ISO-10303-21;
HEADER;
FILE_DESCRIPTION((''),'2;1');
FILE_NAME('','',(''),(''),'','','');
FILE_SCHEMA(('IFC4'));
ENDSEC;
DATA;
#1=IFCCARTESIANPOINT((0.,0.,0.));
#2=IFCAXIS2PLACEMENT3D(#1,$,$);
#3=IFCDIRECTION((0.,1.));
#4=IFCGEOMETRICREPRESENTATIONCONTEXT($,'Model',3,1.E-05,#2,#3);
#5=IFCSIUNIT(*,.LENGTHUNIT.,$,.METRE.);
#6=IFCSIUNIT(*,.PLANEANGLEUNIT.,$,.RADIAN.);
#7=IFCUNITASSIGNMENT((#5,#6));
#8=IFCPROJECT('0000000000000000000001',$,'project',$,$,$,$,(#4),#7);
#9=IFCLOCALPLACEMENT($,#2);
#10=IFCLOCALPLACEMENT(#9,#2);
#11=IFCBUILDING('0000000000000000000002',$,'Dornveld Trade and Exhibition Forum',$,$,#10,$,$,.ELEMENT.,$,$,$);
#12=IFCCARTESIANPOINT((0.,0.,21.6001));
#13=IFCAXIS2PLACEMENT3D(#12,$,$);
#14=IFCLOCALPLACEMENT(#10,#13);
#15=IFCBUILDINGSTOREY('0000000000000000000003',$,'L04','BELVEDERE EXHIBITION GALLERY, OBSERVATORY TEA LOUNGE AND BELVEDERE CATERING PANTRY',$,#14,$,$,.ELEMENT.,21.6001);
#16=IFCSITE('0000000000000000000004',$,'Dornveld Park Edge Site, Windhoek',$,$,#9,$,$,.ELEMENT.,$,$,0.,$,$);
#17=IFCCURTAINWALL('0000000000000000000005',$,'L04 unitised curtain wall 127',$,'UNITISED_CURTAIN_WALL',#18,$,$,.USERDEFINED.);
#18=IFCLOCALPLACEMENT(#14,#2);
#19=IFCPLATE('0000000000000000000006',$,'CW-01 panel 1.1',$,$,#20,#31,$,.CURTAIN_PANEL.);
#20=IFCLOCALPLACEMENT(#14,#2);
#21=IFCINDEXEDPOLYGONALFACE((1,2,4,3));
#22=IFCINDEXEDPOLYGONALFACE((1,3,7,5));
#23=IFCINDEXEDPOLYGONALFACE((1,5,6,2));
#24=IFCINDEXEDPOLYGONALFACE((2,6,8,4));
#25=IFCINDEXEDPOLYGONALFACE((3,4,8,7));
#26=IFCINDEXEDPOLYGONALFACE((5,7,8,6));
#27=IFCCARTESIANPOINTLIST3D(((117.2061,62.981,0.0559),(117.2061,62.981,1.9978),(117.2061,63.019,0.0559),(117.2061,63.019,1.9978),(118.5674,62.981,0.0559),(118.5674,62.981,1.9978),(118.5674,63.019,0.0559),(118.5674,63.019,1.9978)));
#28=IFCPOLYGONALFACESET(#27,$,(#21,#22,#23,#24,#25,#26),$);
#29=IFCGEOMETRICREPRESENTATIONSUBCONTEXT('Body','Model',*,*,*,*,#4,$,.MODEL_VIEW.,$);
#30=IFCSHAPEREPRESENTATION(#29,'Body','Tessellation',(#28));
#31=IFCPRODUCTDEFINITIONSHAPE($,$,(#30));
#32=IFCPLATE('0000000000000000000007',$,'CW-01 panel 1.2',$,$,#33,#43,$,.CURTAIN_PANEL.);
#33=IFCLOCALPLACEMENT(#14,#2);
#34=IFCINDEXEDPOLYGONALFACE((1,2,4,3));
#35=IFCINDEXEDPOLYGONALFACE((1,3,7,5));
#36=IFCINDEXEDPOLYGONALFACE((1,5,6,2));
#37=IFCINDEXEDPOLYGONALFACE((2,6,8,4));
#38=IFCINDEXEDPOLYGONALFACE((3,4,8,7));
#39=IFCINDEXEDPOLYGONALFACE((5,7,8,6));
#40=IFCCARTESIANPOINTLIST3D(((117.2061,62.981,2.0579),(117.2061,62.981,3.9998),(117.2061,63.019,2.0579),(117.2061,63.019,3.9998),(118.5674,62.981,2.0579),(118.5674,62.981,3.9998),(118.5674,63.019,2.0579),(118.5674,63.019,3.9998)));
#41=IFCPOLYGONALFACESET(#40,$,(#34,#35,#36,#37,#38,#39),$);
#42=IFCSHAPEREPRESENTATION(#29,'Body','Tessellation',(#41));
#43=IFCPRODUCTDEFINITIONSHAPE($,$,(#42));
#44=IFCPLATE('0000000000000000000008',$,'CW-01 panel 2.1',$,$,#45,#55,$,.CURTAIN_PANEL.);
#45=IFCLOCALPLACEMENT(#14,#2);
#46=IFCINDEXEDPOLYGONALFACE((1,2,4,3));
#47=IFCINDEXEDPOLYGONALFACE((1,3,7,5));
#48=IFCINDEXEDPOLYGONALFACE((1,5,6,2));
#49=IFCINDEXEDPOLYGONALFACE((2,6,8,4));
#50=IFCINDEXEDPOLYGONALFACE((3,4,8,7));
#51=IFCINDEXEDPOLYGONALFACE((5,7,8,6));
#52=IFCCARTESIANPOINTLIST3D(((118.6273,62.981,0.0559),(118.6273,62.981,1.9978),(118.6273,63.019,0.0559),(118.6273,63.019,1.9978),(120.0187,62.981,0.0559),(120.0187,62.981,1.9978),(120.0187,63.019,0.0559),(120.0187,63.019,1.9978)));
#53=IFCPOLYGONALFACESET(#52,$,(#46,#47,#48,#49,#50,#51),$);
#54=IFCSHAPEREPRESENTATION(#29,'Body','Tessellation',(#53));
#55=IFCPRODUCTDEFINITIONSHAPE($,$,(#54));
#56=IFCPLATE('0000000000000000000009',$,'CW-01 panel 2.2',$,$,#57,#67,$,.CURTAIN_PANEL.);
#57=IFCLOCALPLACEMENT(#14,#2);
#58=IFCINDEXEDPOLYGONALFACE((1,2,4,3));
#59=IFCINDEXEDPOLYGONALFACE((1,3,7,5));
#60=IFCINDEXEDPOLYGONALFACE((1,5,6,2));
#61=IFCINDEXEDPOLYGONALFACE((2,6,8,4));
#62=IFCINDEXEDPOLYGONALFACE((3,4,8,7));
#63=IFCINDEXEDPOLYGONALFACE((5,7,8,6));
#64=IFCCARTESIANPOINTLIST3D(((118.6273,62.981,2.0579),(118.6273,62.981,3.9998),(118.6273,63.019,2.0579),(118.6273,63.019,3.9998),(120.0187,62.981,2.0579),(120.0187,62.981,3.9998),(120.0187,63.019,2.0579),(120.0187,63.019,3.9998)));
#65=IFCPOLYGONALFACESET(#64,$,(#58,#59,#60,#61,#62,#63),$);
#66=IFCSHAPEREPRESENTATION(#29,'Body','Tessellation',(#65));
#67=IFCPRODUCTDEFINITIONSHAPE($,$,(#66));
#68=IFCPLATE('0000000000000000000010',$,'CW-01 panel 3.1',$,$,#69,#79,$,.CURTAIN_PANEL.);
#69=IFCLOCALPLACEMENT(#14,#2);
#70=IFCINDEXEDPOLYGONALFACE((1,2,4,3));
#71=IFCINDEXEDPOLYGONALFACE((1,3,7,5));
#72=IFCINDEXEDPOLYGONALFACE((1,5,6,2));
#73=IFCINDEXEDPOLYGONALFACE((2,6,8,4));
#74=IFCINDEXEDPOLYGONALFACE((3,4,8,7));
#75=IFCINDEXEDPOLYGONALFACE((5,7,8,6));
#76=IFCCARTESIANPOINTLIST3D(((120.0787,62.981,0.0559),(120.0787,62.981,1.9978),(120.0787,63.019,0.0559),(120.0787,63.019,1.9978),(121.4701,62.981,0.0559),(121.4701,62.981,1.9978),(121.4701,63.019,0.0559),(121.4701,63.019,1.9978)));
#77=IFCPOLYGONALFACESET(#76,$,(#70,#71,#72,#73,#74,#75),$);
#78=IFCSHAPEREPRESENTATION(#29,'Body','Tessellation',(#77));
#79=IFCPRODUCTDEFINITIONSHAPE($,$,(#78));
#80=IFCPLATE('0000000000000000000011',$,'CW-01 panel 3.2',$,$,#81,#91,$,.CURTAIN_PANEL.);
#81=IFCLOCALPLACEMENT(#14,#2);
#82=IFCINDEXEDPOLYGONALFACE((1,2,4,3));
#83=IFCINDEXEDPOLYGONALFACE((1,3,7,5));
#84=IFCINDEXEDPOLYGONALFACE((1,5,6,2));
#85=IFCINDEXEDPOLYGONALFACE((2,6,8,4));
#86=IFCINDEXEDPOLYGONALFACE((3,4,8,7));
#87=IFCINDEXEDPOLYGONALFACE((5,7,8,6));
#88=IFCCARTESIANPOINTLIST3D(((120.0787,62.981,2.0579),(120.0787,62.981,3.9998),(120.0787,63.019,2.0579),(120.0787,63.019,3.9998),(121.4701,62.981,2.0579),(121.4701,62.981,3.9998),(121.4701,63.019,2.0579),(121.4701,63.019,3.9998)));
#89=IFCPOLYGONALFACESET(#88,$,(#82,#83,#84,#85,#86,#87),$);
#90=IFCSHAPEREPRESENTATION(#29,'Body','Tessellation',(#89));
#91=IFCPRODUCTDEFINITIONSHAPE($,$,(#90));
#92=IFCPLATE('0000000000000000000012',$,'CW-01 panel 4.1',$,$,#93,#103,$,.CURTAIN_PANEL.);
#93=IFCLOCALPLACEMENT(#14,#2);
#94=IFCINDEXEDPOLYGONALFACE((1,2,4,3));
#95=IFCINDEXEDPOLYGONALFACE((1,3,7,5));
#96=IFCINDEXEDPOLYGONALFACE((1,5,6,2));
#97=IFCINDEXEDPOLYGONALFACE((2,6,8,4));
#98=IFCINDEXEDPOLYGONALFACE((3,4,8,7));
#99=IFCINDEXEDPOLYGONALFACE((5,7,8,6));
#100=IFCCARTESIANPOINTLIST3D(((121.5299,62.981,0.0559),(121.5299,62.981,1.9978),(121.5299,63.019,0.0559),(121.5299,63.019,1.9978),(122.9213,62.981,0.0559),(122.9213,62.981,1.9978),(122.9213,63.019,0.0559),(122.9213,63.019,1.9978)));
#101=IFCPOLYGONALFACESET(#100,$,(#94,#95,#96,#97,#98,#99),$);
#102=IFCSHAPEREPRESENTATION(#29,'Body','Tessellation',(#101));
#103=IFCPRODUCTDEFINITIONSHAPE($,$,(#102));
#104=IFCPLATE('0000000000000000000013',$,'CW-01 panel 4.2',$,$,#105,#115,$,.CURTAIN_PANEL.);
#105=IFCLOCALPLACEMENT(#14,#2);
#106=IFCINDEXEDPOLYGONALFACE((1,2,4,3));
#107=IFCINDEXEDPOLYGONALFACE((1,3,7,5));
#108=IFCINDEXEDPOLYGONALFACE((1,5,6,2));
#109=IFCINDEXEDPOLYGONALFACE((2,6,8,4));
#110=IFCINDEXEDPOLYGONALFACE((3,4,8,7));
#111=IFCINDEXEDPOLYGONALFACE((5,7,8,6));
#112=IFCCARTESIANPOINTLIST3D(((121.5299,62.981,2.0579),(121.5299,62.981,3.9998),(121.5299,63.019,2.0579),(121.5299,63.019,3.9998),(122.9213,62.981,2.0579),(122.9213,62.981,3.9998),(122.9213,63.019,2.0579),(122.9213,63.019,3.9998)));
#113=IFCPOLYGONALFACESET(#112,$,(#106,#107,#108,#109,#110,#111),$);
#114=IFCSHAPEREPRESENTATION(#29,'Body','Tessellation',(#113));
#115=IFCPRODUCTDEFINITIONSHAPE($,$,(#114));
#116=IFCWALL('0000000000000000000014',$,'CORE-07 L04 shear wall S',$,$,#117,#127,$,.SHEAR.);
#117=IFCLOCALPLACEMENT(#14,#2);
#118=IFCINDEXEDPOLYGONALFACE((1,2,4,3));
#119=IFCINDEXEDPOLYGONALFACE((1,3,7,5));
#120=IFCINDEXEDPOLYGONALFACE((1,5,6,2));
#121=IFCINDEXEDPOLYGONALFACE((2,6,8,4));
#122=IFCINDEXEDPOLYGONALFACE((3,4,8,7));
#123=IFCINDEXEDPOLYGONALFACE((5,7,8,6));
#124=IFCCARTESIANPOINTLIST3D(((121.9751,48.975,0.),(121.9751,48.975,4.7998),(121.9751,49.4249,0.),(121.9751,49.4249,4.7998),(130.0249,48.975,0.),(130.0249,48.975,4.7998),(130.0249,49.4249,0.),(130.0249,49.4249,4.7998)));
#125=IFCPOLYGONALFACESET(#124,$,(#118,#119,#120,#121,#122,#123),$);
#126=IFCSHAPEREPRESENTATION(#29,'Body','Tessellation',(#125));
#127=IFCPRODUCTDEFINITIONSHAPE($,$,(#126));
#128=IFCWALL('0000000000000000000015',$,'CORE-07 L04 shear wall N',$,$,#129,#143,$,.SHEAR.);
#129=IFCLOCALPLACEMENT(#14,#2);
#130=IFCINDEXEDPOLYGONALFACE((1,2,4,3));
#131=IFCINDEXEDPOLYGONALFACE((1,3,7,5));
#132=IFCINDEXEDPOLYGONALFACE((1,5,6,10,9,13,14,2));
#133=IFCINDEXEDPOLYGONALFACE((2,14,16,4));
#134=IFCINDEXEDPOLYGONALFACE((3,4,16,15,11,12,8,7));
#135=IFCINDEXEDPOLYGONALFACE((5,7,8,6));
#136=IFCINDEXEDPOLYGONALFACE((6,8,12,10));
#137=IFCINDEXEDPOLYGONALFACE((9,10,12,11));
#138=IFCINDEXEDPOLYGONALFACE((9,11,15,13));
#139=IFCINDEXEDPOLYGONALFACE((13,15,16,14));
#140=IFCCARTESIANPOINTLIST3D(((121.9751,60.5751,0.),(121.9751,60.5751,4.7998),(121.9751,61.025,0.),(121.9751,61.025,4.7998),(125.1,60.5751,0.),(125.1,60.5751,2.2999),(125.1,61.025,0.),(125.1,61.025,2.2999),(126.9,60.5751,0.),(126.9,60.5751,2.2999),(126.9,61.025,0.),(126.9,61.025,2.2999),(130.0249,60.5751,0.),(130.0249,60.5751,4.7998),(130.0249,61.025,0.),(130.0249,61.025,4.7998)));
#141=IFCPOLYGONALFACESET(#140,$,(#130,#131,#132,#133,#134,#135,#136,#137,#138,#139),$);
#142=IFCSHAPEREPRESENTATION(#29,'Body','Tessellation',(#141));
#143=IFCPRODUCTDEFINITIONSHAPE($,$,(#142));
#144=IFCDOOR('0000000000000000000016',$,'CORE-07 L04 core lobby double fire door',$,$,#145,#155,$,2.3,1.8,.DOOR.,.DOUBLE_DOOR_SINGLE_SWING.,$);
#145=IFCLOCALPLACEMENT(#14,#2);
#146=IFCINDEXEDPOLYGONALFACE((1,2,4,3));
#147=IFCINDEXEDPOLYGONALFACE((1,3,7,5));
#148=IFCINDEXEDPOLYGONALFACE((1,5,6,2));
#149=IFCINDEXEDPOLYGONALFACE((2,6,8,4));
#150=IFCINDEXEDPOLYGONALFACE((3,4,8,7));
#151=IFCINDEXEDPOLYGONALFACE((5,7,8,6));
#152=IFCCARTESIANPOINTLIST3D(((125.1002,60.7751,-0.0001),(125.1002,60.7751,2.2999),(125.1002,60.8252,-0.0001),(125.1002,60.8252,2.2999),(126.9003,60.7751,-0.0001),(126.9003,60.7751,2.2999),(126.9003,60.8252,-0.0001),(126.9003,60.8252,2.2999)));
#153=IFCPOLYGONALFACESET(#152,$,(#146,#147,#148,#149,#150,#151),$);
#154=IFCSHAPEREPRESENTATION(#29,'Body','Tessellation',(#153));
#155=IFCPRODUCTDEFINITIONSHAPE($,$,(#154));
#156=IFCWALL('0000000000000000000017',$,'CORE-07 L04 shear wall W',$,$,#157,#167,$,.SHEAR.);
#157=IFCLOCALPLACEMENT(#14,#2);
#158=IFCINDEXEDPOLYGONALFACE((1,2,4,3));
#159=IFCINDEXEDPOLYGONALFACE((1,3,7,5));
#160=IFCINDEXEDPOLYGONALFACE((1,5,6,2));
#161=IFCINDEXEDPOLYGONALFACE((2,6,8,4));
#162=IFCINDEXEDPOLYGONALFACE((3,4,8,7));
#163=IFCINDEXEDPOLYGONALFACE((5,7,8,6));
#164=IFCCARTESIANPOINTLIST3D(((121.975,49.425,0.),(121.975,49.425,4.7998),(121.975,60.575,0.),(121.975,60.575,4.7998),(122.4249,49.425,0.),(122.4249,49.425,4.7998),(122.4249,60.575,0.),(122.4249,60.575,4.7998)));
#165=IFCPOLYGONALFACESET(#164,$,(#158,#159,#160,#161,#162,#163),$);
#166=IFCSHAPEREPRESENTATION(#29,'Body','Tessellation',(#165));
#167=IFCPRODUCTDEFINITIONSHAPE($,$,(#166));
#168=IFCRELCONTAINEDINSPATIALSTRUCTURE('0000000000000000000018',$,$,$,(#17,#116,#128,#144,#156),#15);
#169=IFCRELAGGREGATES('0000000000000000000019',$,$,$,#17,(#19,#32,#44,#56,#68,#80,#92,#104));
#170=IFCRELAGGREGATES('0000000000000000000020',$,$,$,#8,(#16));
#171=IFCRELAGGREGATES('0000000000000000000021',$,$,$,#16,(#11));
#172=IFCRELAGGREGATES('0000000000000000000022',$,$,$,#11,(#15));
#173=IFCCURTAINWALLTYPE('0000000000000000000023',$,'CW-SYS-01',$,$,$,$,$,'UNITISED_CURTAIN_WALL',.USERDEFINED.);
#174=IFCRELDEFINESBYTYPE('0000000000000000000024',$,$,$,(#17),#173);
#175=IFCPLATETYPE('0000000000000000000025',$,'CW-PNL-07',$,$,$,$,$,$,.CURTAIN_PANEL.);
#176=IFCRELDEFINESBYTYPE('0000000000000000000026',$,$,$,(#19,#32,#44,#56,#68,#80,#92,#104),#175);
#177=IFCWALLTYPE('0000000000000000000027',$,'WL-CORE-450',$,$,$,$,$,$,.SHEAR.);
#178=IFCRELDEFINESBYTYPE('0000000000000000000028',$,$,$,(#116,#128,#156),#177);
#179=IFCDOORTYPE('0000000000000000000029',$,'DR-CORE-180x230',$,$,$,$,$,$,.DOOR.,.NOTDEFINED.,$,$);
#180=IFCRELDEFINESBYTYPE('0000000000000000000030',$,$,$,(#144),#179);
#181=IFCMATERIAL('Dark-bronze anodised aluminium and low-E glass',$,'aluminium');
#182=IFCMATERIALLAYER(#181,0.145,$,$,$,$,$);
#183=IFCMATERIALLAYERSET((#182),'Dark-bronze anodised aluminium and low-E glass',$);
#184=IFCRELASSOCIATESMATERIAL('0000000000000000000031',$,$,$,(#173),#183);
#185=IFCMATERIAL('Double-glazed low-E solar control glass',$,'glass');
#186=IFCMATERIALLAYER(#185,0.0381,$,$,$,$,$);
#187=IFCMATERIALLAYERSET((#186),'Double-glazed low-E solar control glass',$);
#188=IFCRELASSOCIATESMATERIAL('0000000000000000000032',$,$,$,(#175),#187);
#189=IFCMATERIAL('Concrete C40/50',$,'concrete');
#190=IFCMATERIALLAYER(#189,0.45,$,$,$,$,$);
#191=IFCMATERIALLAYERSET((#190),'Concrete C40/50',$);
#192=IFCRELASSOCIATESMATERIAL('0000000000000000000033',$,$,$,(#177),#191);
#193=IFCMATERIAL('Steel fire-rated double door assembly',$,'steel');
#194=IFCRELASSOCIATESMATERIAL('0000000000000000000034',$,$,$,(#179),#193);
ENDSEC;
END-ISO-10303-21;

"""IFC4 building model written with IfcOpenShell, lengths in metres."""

from ifc_helpers import new_model, si_unit, direction, frame, frame_2d, origin, origin_2d, place, context, subcontext, project, spatial, rectangle, extrude, material, layer, layer_set, type_object, element, fill, aggregate, save


model = new_model("IFC4")

# Units and contexts
model_context = context("Model", 3, precision=1e-05, world=origin(), true_north=direction((0.0, 1.0)))
body_context = subcontext(model_context, "Body", "Model", "MODEL_VIEW")
ifc_project = project(units=[si_unit("LENGTHUNIT", "METRE"), si_unit("PLANEANGLEUNIT", "RADIAN")], contexts=[model_context])

# Site, building, storey
site_placement = place(None, origin())
site = spatial("IfcSite", under=ifc_project, at=site_placement, Name="Dornveld Park Edge Site, Windhoek", CompositionType="ELEMENT", RefElevation=0.0)
building_placement = place(site_placement, origin())
building = spatial("IfcBuilding", under=site, at=building_placement, Name="Dornveld Trade and Exhibition Forum", CompositionType="ELEMENT")
storey_placement = place(building_placement, frame((0.0, 0.0, 21.6001)))
storey = spatial("IfcBuildingStorey", under=building, at=storey_placement, Name="L04", Description="BELVEDERE EXHIBITION GALLERY, OBSERVATORY TEA LOUNGE AND BELVEDERE CATERING PANTRY", CompositionType="ELEMENT", Elevation=21.6001)

# Curtain wall, plates
ifc_material_1 = material(Name="Dark-bronze anodised aluminium and low-E glass", Category="aluminium")
ifc_layer_1 = layer(ifc_material_1, 0.145)
ifc_layer_set_1 = layer_set([ifc_layer_1], Name="Dark-bronze anodised aluminium and low-E glass")
curtain_wall_type = type_object("IfcCurtainWallType", Name="CW-SYS-01", ElementType="UNITISED_CURTAIN_WALL", PredefinedType="USERDEFINED", material=ifc_layer_set_1)
curtain_wall_placement = place(storey_placement, origin())
curtain_wall = element("IfcCurtainWall", 1, at=curtain_wall_placement, inside=storey, type_object=curtain_wall_type, Name="L04 unitised curtain wall 127", ObjectType="UNITISED_CURTAIN_WALL", PredefinedType="USERDEFINED")
ifc_material_2 = material(Name="Double-glazed low-E solar control glass", Category="glass")
ifc_layer_2 = layer(ifc_material_2, 0.0381)
ifc_layer_set_2 = layer_set([ifc_layer_2], Name="Double-glazed low-E solar control glass")
plate_type = type_object("IfcPlateType", Name="CW-PNL-07", PredefinedType="CURTAIN_PANEL", material=ifc_layer_set_2)
plate_1_placement = place(storey_placement, frame((117.8867, 63.0, 0.0559), z_axis=(0.0, 0.0, 1.0), x_axis=(1.0, 0.0, 0.0)))
plate_1 = element("IfcPlate", 2, at=plate_1_placement, type_object=plate_type, Name="CW-01 panel 1.1", PredefinedType="CURTAIN_PANEL", context=body_context, shape_type="SweptSolid", body=[
    extrude(rectangle(XDim=1.3613, YDim=0.0381, at=origin_2d()), origin(), (0.0, 0.0, 1.0), 1.9419),
])
plate_2_placement = place(storey_placement, frame((117.8867, 63.0, 2.0579), z_axis=(0.0, 0.0, 1.0), x_axis=(1.0, 0.0, 0.0)))
plate_2 = element("IfcPlate", 3, at=plate_2_placement, type_object=plate_type, Name="CW-01 panel 1.2", PredefinedType="CURTAIN_PANEL", context=body_context, shape_type="SweptSolid", body=[
    extrude(rectangle(XDim=1.3613, YDim=0.0381, at=origin_2d()), origin(), (0.0, 0.0, 1.0), 1.9419),
])
plate_3_placement = place(storey_placement, frame((119.323, 63.0, 0.0559), z_axis=(0.0, 0.0, 1.0), x_axis=(1.0, 0.0, 0.0)))
plate_3 = element("IfcPlate", 4, at=plate_3_placement, type_object=plate_type, Name="CW-01 panel 2.1", PredefinedType="CURTAIN_PANEL", context=body_context, shape_type="SweptSolid", body=[
    extrude(rectangle(XDim=1.3914, YDim=0.0381, at=origin_2d()), origin(), (0.0, 0.0, 1.0), 1.9419),
])
plate_4_placement = place(storey_placement, frame((119.323, 63.0, 2.0579), z_axis=(0.0, 0.0, 1.0), x_axis=(1.0, 0.0, 0.0)))
plate_4 = element("IfcPlate", 5, at=plate_4_placement, type_object=plate_type, Name="CW-01 panel 2.2", PredefinedType="CURTAIN_PANEL", context=body_context, shape_type="SweptSolid", body=[
    extrude(rectangle(XDim=1.3914, YDim=0.0381, at=origin_2d()), origin(), (0.0, 0.0, 1.0), 1.9419),
])
plate_5_placement = place(storey_placement, frame((120.7744, 63.0, 0.0559), z_axis=(0.0, 0.0, 1.0), x_axis=(1.0, 0.0, 0.0)))
plate_5 = element("IfcPlate", 6, at=plate_5_placement, type_object=plate_type, Name="CW-01 panel 3.1", PredefinedType="CURTAIN_PANEL", context=body_context, shape_type="SweptSolid", body=[
    extrude(rectangle(XDim=1.3914, YDim=0.0381, at=origin_2d()), origin(), (0.0, 0.0, 1.0), 1.9419),
])
plate_6_placement = place(storey_placement, frame((120.7744, 63.0, 2.0579), z_axis=(0.0, 0.0, 1.0), x_axis=(1.0, 0.0, 0.0)))
plate_6 = element("IfcPlate", 7, at=plate_6_placement, type_object=plate_type, Name="CW-01 panel 3.2", PredefinedType="CURTAIN_PANEL", context=body_context, shape_type="SweptSolid", body=[
    extrude(rectangle(XDim=1.3914, YDim=0.0381, at=origin_2d()), origin(), (0.0, 0.0, 1.0), 1.9419),
])
plate_7_placement = place(storey_placement, frame((122.2256, 63.0, 0.0559), z_axis=(0.0, 0.0, 1.0), x_axis=(1.0, 0.0, 0.0)))
plate_7 = element("IfcPlate", 8, at=plate_7_placement, type_object=plate_type, Name="CW-01 panel 4.1", PredefinedType="CURTAIN_PANEL", context=body_context, shape_type="SweptSolid", body=[
    extrude(rectangle(XDim=1.3914, YDim=0.0381, at=origin_2d()), origin(), (0.0, 0.0, 1.0), 1.9419),
])
plate_8_placement = place(storey_placement, frame((122.2256, 63.0, 2.0579), z_axis=(0.0, 0.0, 1.0), x_axis=(1.0, 0.0, 0.0)))
plate_8 = element("IfcPlate", 9, at=plate_8_placement, type_object=plate_type, Name="CW-01 panel 4.2", PredefinedType="CURTAIN_PANEL", context=body_context, shape_type="SweptSolid", body=[
    extrude(rectangle(XDim=1.3914, YDim=0.0381, at=origin_2d()), origin(), (0.0, 0.0, 1.0), 1.9419),
])
aggregate(curtain_wall, [plate_1, plate_2, plate_3, plate_4, plate_5, plate_6, plate_7, plate_8])

# Wall
ifc_material_3 = material(Name="Concrete C40/50", Category="concrete")
ifc_layer_3 = layer(ifc_material_3, 0.45)
ifc_layer_set_3 = layer_set([ifc_layer_3], Name="Concrete C40/50")
wall_type_1 = type_object("IfcWallType", Name="WL-CORE-450", PredefinedType="SHEAR", material=ifc_layer_set_3)
wall_1_placement = place(storey_placement, frame((121.9751, 49.2, 0.0), z_axis=(0.0, 0.0, 1.0), x_axis=(1.0, 0.0, 0.0)))
element("IfcWall", 10, at=wall_1_placement, inside=storey, type_object=wall_type_1, Name="CORE-07 L04 shear wall S", PredefinedType="SHEAR", context=body_context, shape_type="SweptSolid", body=[
    extrude(rectangle(XDim=8.0498, YDim=0.45, at=frame_2d((4.0249, 0.0))), origin(), (0.0, 0.0, 1.0), 4.7998),
])

# Wall, opening, door
wall_2_placement = place(storey_placement, frame((121.9751, 60.8, 0.0), z_axis=(0.0, 0.0, 1.0), x_axis=(1.0, 0.0, 0.0)))
wall_2 = element("IfcWall", 11, at=wall_2_placement, inside=storey, type_object=wall_type_1, Name="CORE-07 L04 shear wall N", PredefinedType="SHEAR", context=body_context, shape_type="SweptSolid", body=[
    extrude(rectangle(XDim=8.0498, YDim=0.45, at=frame_2d((4.0249, 0.0))), origin(), (0.0, 0.0, 1.0), 4.7998),
])
opening_1_placement = place(wall_2_placement, frame((3.125, 0.0, 0.0)))
opening_1 = element("IfcOpeningElement", 12, at=opening_1_placement, cuts=wall_2, PredefinedType="OPENING", context=body_context, shape_type="SweptSolid", body=[
    extrude(rectangle(XDim=1.8, YDim=2.3, at=frame_2d((0.8999, 1.1499))), frame((0.0, 0.2349, 0.0), z_axis=(0.0, -1.0, 0.0), x_axis=(1.0, 0.0, 0.0)), (0.0, 0.0, 1.0), 0.47),
])
ifc_material_4 = material(Name="Steel fire-rated double door assembly", Category="steel")
door_type_1 = type_object("IfcDoorType", Name="DR-CORE-180x230", OperationType="NOTDEFINED", PredefinedType="DOOR", material=ifc_material_4)
door_1_placement = place(opening_1_placement, frame((1.8, 0.0, 0.0), z_axis=(0.0, 0.0, 1.0), x_axis=(-1.0, 0.0, 0.0)))
door_1 = element("IfcDoor", 13, at=door_1_placement, inside=storey, type_object=door_type_1, Name="CORE-07 L04 core lobby double fire door", OperationType="DOUBLE_DOOR_SINGLE_SWING", OverallHeight=2.3, OverallWidth=1.8, PredefinedType="DOOR", context=body_context, shape_type="SweptSolid", body=[
    extrude(rectangle(XDim=1.8, YDim=2.3, at=frame_2d((0.8999, 1.1499))), frame((0.0, 0.0249, 0.0), z_axis=(0.0, -1.0, 0.0), x_axis=(1.0, 0.0, 0.0)), (0.0, 0.0, 1.0), 0.05),
])
fill(opening_1, door_1)

# Wall
wall_3_placement = place(storey_placement, frame((122.2, 49.425, 0.0), z_axis=(0.0, 0.0, 1.0), x_axis=(0.0, 1.0, 0.0)))
element("IfcWall", 14, at=wall_3_placement, inside=storey, type_object=wall_type_1, Name="CORE-07 L04 shear wall W", PredefinedType="SHEAR", context=body_context, shape_type="SweptSolid", body=[
    extrude(rectangle(XDim=11.1499, YDim=0.45, at=frame_2d((5.575, 0.0))), origin(), (0.0, 0.0, 1.0), 4.7998),
])

save(model, "model.ifc")
